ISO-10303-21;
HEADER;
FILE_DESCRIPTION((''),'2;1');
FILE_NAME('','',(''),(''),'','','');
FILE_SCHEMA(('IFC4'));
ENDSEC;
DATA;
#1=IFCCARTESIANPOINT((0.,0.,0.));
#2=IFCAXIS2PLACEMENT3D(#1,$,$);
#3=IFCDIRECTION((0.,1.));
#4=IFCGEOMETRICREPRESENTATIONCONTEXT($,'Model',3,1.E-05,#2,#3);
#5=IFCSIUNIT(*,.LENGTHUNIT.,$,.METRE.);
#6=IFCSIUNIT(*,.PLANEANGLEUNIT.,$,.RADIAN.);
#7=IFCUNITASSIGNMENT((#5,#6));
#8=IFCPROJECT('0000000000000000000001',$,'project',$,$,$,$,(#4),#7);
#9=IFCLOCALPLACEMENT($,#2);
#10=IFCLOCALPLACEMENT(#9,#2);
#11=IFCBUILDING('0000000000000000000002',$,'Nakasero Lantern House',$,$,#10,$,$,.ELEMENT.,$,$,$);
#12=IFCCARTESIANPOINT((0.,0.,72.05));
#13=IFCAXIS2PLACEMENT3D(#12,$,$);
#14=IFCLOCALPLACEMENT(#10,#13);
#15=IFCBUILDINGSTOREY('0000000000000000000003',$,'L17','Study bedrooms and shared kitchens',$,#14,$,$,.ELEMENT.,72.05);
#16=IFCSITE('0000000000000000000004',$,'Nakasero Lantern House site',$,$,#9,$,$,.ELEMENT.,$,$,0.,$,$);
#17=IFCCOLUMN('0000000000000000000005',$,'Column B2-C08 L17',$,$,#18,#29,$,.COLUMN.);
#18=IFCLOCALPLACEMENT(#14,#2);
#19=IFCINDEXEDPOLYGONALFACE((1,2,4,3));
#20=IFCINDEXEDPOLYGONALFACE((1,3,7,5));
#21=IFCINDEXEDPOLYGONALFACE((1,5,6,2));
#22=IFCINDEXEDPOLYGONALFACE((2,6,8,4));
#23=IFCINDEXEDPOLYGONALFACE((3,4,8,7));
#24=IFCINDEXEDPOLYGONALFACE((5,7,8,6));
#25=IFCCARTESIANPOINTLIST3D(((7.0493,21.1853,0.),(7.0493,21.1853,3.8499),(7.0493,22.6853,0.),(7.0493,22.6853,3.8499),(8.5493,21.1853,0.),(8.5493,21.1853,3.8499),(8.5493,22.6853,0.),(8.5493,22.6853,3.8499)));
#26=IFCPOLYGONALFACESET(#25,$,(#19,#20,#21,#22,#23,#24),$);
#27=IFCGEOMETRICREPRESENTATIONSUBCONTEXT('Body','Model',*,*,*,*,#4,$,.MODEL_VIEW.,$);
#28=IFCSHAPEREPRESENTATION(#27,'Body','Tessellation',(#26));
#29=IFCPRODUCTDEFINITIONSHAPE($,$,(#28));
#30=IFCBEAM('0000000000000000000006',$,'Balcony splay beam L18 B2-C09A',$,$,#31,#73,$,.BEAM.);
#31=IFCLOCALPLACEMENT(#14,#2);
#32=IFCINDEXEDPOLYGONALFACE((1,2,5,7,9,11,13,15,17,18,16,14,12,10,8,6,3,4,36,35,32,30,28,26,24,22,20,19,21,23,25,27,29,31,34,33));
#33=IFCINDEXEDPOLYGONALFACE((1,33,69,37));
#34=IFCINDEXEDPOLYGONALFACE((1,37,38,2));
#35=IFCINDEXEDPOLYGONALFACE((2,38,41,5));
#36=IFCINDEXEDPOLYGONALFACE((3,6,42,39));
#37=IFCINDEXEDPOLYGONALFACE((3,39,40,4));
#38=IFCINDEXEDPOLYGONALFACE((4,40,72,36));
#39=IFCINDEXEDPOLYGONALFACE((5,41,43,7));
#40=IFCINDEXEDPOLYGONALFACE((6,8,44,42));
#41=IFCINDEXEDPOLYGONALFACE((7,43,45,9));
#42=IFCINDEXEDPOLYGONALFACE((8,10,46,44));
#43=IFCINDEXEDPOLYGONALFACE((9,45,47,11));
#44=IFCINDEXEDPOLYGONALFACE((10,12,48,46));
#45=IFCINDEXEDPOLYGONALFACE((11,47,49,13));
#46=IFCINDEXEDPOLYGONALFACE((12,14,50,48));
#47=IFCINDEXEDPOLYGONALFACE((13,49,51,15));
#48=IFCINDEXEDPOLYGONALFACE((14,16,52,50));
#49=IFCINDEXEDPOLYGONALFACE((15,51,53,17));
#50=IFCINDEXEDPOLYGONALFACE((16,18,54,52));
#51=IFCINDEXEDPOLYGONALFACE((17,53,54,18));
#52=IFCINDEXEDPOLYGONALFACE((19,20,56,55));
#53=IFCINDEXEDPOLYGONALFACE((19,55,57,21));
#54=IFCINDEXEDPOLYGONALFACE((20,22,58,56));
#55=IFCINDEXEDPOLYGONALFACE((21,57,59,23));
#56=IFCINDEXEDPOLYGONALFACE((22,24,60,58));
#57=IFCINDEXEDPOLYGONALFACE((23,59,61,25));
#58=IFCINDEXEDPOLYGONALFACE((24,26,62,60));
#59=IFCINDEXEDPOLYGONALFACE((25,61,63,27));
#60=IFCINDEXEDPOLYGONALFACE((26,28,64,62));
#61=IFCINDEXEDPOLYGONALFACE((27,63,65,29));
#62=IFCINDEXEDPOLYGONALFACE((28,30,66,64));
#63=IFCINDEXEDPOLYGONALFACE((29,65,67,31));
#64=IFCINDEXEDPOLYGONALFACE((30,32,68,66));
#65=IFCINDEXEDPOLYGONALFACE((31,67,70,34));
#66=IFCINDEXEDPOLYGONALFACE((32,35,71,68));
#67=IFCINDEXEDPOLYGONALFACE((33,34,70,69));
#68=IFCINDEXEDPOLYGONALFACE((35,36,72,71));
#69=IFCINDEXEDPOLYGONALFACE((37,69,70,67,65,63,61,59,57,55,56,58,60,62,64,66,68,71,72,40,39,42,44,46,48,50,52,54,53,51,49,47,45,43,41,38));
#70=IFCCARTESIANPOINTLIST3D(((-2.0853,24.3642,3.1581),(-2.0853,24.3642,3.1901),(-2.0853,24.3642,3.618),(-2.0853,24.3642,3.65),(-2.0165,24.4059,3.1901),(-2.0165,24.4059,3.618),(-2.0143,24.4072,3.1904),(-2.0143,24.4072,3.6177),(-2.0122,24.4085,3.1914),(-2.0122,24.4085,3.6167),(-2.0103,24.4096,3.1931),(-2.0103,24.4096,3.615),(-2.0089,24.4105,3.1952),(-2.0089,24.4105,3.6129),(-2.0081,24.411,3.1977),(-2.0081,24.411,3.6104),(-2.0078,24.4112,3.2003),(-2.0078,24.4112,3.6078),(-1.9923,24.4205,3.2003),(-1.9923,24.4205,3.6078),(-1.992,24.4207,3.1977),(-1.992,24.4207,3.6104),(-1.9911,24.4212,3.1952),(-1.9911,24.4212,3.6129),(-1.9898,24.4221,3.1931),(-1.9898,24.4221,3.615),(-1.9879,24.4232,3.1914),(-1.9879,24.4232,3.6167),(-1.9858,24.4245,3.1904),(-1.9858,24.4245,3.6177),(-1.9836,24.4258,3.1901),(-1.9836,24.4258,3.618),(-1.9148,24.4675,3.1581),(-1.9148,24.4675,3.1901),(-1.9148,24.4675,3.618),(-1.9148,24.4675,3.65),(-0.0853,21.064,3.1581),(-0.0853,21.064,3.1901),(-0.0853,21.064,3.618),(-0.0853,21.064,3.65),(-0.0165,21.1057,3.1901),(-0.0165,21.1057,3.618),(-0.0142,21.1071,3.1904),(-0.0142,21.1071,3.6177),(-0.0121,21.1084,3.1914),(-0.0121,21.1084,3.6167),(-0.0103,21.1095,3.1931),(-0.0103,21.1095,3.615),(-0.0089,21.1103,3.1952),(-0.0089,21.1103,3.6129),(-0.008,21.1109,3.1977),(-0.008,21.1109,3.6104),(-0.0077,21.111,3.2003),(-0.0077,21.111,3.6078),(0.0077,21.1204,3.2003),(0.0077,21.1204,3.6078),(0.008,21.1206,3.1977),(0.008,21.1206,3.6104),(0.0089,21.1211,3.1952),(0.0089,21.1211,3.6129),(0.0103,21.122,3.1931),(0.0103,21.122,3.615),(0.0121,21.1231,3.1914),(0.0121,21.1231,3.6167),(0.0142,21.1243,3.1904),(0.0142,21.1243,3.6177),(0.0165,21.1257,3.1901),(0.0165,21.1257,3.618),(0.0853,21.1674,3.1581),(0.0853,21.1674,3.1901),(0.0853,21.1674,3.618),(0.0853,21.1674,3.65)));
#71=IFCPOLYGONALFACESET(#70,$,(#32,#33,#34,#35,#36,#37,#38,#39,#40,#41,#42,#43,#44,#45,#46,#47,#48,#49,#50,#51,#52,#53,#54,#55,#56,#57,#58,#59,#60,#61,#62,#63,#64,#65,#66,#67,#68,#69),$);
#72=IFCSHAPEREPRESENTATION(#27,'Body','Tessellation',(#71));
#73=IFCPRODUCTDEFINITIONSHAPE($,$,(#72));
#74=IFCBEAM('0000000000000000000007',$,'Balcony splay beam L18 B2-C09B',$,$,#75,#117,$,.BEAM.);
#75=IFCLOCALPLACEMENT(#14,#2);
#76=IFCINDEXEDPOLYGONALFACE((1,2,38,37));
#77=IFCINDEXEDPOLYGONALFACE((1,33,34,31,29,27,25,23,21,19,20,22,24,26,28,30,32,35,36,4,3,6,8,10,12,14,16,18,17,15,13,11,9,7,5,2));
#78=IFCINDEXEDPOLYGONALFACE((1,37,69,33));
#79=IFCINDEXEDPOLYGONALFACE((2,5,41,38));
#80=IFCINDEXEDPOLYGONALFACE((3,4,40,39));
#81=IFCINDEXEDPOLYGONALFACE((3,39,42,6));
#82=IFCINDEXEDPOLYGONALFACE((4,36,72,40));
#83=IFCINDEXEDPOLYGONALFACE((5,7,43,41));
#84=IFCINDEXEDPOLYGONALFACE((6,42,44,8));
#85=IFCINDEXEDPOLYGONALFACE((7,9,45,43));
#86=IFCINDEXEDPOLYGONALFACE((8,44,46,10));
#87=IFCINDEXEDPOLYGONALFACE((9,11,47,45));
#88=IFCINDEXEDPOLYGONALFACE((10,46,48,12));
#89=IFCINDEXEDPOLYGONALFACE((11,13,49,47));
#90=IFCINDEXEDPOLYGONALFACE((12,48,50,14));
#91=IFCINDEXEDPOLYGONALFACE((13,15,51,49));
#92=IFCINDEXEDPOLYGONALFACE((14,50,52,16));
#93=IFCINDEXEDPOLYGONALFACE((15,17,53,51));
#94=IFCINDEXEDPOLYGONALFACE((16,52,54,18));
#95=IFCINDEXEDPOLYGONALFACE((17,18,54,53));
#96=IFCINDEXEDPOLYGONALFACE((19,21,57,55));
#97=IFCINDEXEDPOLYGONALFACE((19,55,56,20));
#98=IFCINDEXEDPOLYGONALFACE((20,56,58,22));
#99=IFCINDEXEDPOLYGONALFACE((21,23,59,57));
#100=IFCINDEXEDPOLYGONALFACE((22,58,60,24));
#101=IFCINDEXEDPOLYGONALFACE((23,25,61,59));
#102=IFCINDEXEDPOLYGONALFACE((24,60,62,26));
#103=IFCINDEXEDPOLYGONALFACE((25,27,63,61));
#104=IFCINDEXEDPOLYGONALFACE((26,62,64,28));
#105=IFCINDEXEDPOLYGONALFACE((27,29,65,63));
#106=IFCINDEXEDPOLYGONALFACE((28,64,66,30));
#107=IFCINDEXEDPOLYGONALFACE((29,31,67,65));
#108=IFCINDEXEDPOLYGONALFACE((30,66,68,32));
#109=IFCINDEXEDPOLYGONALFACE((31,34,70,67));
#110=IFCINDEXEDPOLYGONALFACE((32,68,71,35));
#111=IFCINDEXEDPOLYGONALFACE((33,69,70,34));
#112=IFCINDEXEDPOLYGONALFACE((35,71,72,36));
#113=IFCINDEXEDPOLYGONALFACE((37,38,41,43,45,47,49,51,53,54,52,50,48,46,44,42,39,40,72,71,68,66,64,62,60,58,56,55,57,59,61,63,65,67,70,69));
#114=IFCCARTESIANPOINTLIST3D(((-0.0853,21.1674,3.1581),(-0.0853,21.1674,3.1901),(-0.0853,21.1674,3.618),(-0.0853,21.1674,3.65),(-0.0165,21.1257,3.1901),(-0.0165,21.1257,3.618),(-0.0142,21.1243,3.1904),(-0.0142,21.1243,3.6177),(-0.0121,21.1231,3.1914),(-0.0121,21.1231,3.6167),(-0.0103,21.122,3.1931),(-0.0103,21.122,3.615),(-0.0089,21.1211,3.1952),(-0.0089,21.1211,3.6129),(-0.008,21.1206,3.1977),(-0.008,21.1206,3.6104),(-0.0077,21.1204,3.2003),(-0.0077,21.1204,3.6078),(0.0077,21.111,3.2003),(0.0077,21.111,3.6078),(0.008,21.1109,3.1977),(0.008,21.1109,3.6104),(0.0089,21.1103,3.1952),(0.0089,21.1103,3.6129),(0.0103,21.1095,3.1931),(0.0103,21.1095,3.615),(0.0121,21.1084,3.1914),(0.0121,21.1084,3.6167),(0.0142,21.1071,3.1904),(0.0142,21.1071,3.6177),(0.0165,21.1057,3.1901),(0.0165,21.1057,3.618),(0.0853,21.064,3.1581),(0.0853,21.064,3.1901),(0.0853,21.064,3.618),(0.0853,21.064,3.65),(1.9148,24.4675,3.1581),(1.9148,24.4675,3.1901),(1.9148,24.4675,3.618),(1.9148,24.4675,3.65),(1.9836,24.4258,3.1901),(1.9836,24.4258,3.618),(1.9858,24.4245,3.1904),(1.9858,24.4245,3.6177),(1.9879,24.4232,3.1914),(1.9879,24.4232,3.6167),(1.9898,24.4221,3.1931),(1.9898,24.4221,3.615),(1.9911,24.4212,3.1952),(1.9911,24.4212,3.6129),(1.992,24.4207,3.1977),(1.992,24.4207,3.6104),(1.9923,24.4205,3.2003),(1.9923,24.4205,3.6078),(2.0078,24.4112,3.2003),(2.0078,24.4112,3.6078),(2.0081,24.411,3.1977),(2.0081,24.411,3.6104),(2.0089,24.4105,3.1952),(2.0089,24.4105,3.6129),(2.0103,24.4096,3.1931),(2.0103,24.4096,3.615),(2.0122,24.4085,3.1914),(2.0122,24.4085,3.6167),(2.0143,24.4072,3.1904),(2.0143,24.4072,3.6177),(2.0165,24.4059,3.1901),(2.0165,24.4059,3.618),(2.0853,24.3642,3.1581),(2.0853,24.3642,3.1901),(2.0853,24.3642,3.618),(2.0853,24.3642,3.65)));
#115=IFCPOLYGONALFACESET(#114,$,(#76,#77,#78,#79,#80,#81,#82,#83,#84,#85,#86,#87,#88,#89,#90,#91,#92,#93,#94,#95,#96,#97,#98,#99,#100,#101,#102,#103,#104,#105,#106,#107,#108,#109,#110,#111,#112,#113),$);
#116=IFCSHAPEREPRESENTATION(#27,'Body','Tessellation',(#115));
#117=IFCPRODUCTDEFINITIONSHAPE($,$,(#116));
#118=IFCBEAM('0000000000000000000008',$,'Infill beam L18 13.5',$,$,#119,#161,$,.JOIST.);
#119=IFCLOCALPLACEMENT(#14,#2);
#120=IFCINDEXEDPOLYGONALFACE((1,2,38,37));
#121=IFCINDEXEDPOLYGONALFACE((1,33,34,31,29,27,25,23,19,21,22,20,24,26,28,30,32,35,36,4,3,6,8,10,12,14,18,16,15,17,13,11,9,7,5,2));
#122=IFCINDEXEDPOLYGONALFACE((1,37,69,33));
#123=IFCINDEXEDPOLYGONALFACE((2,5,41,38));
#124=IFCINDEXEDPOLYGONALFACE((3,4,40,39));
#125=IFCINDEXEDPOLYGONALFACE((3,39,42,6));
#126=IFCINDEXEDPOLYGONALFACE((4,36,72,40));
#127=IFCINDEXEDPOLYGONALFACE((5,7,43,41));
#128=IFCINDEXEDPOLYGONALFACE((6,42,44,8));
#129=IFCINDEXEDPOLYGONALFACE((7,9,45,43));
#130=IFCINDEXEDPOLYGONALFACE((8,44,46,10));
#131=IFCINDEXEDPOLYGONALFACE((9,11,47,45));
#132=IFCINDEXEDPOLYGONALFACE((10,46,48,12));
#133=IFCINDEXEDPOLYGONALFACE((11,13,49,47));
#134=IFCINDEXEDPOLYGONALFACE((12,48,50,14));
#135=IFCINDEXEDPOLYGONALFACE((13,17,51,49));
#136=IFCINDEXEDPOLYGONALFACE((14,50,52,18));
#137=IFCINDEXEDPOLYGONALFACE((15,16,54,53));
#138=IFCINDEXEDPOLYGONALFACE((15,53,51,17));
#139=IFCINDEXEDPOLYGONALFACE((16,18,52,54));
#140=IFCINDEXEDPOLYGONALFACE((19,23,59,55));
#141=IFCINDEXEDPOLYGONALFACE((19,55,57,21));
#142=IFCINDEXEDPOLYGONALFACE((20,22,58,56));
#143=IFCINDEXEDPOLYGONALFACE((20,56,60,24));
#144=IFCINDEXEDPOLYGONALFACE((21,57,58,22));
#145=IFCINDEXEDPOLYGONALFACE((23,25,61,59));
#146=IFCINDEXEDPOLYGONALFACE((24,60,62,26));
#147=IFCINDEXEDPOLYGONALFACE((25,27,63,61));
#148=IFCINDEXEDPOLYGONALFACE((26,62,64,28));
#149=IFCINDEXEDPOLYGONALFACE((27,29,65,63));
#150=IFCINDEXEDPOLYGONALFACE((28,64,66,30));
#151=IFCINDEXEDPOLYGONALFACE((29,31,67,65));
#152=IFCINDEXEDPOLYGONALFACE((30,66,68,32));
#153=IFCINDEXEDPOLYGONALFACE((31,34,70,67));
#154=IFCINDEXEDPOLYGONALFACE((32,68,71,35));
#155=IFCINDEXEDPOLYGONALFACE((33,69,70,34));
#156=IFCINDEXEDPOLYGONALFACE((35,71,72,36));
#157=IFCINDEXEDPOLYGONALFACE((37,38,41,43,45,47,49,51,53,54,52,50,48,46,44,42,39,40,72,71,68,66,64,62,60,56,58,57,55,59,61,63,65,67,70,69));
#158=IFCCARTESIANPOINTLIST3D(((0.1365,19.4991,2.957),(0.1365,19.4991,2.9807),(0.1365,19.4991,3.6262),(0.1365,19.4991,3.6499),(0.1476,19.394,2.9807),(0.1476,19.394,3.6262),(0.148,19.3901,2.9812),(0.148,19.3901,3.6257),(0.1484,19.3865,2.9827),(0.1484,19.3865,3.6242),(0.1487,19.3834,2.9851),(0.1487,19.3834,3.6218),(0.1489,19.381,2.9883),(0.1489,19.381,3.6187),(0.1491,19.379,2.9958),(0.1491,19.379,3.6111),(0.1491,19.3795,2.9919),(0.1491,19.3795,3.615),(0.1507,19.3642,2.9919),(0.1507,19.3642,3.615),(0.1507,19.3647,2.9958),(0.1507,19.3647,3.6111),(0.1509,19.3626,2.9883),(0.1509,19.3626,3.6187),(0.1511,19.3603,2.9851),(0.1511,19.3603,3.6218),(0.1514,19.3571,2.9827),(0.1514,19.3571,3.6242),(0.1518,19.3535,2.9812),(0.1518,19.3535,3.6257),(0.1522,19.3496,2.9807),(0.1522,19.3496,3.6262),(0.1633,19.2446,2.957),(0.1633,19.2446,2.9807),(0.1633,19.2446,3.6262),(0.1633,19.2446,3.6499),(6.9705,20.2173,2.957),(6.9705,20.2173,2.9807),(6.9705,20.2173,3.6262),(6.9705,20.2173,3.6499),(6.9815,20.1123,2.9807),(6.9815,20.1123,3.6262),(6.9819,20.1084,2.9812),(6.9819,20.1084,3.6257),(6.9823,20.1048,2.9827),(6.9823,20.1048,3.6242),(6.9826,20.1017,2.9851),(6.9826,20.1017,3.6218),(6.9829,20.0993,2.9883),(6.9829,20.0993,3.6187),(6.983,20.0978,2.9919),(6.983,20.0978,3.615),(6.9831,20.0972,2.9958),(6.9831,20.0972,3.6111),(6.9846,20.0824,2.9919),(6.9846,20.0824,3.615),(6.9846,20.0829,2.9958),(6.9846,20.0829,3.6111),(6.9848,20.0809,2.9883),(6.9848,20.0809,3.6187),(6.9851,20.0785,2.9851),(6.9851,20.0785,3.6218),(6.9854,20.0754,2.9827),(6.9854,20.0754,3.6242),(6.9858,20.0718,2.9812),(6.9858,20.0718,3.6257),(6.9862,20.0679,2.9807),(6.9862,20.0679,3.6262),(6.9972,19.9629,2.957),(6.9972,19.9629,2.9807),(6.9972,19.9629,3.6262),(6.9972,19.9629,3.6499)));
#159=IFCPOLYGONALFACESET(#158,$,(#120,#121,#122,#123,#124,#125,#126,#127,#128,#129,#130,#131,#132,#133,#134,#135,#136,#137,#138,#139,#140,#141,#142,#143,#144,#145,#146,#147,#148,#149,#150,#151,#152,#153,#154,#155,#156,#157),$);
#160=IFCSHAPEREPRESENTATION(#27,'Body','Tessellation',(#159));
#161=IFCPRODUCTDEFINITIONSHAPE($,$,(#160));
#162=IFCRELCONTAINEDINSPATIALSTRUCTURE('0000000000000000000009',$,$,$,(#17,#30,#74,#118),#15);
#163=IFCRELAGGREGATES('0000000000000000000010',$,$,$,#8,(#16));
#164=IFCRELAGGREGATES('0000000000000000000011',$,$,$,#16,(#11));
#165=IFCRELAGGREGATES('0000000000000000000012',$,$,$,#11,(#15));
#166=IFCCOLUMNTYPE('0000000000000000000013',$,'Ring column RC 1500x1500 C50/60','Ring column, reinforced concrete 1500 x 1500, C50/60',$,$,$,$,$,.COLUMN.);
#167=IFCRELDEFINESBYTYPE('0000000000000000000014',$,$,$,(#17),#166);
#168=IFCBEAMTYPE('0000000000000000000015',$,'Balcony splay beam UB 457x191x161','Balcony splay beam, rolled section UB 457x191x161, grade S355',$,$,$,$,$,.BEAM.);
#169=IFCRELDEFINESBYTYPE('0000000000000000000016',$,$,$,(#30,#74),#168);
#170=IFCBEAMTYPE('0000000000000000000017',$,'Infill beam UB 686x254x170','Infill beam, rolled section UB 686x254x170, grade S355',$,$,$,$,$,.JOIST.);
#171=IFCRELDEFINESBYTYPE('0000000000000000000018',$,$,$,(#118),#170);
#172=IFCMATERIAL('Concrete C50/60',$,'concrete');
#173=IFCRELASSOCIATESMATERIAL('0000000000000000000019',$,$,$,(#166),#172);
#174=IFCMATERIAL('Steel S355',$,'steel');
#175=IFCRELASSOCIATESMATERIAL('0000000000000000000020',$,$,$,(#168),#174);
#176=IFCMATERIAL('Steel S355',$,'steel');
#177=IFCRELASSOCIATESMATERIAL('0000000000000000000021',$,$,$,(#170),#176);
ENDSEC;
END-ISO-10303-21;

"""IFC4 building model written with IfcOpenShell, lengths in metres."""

from ifc_helpers import new_model, si_unit, direction, frame, origin, origin_2d, place, context, subcontext, project, spatial, rectangle, i_section, extrude, material, material_profile, profile_set, type_object, element, save


model = new_model("IFC4")

# Units and contexts
model_context = context("Model", 3, precision=1e-05, world=origin(), true_north=direction((0.0, 1.0)))
body_context = subcontext(model_context, "Body", "Model", "MODEL_VIEW")
ifc_project = project(units=[si_unit("LENGTHUNIT", "METRE"), si_unit("PLANEANGLEUNIT", "RADIAN")], contexts=[model_context])

# Site, building, storey
site_placement = place(None, origin())
site = spatial("IfcSite", under=ifc_project, at=site_placement, Name="Nakasero Lantern House site", CompositionType="ELEMENT", RefElevation=0.0)
building_placement = place(site_placement, origin())
building = spatial("IfcBuilding", under=site, at=building_placement, Name="Nakasero Lantern House", CompositionType="ELEMENT")
storey_placement = place(building_placement, frame((0.0, 0.0, 72.05)))
storey = spatial("IfcBuildingStorey", under=building, at=storey_placement, Name="L17", Description="Study bedrooms and shared kitchens", CompositionType="ELEMENT", Elevation=72.05)

# Column
ifc_material_1 = material(Name="Concrete C50/60", Category="concrete")
ifc_material_profile_1 = material_profile(ifc_material_1, rectangle(XDim=1.5, YDim=1.5, at=origin_2d()), Name="RC 1500x1500")
ifc_profile_set_1 = profile_set([ifc_material_profile_1], Name="Concrete C50/60")
column_type = type_object("IfcColumnType", Name="Ring column RC 1500x1500 C50/60", Description="Ring column, reinforced concrete 1500 x 1500, C50/60", PredefinedType="COLUMN", material=ifc_profile_set_1)
column_placement = place(storey_placement, frame((7.7993, 21.9353, 0.0), z_axis=(0.0, 0.0, 1.0), x_axis=(1.0, 0.0, 0.0)))
element("IfcColumn", 1, at=column_placement, inside=storey, type_object=column_type, Name="Column B2-C08 L17", PredefinedType="COLUMN", context=body_context, shape_type="SweptSolid", body=[
    extrude(rectangle(XDim=1.5, YDim=1.5, at=origin_2d()), origin(), (0.0, 0.0, 1.0), 3.8499),
])

# Beams
ifc_material_2 = material(Name="Steel S355", Category="steel")
ifc_material_profile_2 = material_profile(ifc_material_2, i_section(OverallWidth=0.1995, OverallDepth=0.4919, WebThickness=0.0181, FlangeThickness=0.032, FilletRadius=0.0103, at=origin_2d()), Name="UB 457x191x161")
ifc_profile_set_2 = profile_set([ifc_material_profile_2], Name="Steel S355")
beam_type_1 = type_object("IfcBeamType", Name="Balcony splay beam UB 457x191x161", Description="Balcony splay beam, rolled section UB 457x191x161, grade S355", PredefinedType="BEAM", material=ifc_profile_set_2)
for number, where, z_axis, x_axis, name in (
    (2, (0.0, 21.1157, 3.4041), (-0.518296, 0.855201, 0.0), (-0.855201, -0.518296, 0.0), "Balcony splay beam L18 B2-C09A"),
    (3, (0.0, 21.1157, 3.4041), (0.518296, 0.855201, 0.0), (-0.855201, 0.518296, 0.0), "Balcony splay beam L18 B2-C09B"),
):
    element("IfcBeam", number, at=place(storey_placement, frame(where, z_axis=z_axis, x_axis=x_axis)), inside=storey, type_object=beam_type_1, Name=name, PredefinedType="BEAM", context=body_context, shape_type="SweptSolid", body=[
        extrude(i_section(OverallWidth=0.1995, OverallDepth=0.4919, WebThickness=0.0181, FlangeThickness=0.032, FilletRadius=0.0103, at=origin_2d()), origin(), (0.0, 0.0, 1.0), 3.8589),
    ])
ifc_material_3 = material(Name="Steel S355", Category="steel")
ifc_material_profile_3 = material_profile(ifc_material_3, i_section(OverallWidth=0.2559, OverallDepth=0.6929, WebThickness=0.0144, FlangeThickness=0.0237, FilletRadius=0.0151, at=origin_2d()), Name="UB 686x254x170")
ifc_profile_set_3 = profile_set([ifc_material_profile_3], Name="Steel S355")
beam_type_2 = type_object("IfcBeamType", Name="Infill beam UB 686x254x170", Description="Infill beam, rolled section UB 686x254x170, grade S355", PredefinedType="JOIST", material=ifc_profile_set_3)
beam_1_placement = place(storey_placement, frame((0.1499, 19.3718, 3.3035), z_axis=(0.994522, 0.104526, 0.0), x_axis=(-0.104526, 0.994522, 0.0)))
element("IfcBeam", 4, at=beam_1_placement, inside=storey, type_object=beam_type_2, Name="Infill beam L18 13.5", PredefinedType="JOIST", context=body_context, shape_type="SweptSolid", body=[
    extrude(i_section(OverallWidth=0.2559, OverallDepth=0.6929, WebThickness=0.0144, FlangeThickness=0.0237, FilletRadius=0.0151, at=origin_2d()), origin(), (0.0, 0.0, 1.0), 6.8716),
])

save(model, "model.ifc")
